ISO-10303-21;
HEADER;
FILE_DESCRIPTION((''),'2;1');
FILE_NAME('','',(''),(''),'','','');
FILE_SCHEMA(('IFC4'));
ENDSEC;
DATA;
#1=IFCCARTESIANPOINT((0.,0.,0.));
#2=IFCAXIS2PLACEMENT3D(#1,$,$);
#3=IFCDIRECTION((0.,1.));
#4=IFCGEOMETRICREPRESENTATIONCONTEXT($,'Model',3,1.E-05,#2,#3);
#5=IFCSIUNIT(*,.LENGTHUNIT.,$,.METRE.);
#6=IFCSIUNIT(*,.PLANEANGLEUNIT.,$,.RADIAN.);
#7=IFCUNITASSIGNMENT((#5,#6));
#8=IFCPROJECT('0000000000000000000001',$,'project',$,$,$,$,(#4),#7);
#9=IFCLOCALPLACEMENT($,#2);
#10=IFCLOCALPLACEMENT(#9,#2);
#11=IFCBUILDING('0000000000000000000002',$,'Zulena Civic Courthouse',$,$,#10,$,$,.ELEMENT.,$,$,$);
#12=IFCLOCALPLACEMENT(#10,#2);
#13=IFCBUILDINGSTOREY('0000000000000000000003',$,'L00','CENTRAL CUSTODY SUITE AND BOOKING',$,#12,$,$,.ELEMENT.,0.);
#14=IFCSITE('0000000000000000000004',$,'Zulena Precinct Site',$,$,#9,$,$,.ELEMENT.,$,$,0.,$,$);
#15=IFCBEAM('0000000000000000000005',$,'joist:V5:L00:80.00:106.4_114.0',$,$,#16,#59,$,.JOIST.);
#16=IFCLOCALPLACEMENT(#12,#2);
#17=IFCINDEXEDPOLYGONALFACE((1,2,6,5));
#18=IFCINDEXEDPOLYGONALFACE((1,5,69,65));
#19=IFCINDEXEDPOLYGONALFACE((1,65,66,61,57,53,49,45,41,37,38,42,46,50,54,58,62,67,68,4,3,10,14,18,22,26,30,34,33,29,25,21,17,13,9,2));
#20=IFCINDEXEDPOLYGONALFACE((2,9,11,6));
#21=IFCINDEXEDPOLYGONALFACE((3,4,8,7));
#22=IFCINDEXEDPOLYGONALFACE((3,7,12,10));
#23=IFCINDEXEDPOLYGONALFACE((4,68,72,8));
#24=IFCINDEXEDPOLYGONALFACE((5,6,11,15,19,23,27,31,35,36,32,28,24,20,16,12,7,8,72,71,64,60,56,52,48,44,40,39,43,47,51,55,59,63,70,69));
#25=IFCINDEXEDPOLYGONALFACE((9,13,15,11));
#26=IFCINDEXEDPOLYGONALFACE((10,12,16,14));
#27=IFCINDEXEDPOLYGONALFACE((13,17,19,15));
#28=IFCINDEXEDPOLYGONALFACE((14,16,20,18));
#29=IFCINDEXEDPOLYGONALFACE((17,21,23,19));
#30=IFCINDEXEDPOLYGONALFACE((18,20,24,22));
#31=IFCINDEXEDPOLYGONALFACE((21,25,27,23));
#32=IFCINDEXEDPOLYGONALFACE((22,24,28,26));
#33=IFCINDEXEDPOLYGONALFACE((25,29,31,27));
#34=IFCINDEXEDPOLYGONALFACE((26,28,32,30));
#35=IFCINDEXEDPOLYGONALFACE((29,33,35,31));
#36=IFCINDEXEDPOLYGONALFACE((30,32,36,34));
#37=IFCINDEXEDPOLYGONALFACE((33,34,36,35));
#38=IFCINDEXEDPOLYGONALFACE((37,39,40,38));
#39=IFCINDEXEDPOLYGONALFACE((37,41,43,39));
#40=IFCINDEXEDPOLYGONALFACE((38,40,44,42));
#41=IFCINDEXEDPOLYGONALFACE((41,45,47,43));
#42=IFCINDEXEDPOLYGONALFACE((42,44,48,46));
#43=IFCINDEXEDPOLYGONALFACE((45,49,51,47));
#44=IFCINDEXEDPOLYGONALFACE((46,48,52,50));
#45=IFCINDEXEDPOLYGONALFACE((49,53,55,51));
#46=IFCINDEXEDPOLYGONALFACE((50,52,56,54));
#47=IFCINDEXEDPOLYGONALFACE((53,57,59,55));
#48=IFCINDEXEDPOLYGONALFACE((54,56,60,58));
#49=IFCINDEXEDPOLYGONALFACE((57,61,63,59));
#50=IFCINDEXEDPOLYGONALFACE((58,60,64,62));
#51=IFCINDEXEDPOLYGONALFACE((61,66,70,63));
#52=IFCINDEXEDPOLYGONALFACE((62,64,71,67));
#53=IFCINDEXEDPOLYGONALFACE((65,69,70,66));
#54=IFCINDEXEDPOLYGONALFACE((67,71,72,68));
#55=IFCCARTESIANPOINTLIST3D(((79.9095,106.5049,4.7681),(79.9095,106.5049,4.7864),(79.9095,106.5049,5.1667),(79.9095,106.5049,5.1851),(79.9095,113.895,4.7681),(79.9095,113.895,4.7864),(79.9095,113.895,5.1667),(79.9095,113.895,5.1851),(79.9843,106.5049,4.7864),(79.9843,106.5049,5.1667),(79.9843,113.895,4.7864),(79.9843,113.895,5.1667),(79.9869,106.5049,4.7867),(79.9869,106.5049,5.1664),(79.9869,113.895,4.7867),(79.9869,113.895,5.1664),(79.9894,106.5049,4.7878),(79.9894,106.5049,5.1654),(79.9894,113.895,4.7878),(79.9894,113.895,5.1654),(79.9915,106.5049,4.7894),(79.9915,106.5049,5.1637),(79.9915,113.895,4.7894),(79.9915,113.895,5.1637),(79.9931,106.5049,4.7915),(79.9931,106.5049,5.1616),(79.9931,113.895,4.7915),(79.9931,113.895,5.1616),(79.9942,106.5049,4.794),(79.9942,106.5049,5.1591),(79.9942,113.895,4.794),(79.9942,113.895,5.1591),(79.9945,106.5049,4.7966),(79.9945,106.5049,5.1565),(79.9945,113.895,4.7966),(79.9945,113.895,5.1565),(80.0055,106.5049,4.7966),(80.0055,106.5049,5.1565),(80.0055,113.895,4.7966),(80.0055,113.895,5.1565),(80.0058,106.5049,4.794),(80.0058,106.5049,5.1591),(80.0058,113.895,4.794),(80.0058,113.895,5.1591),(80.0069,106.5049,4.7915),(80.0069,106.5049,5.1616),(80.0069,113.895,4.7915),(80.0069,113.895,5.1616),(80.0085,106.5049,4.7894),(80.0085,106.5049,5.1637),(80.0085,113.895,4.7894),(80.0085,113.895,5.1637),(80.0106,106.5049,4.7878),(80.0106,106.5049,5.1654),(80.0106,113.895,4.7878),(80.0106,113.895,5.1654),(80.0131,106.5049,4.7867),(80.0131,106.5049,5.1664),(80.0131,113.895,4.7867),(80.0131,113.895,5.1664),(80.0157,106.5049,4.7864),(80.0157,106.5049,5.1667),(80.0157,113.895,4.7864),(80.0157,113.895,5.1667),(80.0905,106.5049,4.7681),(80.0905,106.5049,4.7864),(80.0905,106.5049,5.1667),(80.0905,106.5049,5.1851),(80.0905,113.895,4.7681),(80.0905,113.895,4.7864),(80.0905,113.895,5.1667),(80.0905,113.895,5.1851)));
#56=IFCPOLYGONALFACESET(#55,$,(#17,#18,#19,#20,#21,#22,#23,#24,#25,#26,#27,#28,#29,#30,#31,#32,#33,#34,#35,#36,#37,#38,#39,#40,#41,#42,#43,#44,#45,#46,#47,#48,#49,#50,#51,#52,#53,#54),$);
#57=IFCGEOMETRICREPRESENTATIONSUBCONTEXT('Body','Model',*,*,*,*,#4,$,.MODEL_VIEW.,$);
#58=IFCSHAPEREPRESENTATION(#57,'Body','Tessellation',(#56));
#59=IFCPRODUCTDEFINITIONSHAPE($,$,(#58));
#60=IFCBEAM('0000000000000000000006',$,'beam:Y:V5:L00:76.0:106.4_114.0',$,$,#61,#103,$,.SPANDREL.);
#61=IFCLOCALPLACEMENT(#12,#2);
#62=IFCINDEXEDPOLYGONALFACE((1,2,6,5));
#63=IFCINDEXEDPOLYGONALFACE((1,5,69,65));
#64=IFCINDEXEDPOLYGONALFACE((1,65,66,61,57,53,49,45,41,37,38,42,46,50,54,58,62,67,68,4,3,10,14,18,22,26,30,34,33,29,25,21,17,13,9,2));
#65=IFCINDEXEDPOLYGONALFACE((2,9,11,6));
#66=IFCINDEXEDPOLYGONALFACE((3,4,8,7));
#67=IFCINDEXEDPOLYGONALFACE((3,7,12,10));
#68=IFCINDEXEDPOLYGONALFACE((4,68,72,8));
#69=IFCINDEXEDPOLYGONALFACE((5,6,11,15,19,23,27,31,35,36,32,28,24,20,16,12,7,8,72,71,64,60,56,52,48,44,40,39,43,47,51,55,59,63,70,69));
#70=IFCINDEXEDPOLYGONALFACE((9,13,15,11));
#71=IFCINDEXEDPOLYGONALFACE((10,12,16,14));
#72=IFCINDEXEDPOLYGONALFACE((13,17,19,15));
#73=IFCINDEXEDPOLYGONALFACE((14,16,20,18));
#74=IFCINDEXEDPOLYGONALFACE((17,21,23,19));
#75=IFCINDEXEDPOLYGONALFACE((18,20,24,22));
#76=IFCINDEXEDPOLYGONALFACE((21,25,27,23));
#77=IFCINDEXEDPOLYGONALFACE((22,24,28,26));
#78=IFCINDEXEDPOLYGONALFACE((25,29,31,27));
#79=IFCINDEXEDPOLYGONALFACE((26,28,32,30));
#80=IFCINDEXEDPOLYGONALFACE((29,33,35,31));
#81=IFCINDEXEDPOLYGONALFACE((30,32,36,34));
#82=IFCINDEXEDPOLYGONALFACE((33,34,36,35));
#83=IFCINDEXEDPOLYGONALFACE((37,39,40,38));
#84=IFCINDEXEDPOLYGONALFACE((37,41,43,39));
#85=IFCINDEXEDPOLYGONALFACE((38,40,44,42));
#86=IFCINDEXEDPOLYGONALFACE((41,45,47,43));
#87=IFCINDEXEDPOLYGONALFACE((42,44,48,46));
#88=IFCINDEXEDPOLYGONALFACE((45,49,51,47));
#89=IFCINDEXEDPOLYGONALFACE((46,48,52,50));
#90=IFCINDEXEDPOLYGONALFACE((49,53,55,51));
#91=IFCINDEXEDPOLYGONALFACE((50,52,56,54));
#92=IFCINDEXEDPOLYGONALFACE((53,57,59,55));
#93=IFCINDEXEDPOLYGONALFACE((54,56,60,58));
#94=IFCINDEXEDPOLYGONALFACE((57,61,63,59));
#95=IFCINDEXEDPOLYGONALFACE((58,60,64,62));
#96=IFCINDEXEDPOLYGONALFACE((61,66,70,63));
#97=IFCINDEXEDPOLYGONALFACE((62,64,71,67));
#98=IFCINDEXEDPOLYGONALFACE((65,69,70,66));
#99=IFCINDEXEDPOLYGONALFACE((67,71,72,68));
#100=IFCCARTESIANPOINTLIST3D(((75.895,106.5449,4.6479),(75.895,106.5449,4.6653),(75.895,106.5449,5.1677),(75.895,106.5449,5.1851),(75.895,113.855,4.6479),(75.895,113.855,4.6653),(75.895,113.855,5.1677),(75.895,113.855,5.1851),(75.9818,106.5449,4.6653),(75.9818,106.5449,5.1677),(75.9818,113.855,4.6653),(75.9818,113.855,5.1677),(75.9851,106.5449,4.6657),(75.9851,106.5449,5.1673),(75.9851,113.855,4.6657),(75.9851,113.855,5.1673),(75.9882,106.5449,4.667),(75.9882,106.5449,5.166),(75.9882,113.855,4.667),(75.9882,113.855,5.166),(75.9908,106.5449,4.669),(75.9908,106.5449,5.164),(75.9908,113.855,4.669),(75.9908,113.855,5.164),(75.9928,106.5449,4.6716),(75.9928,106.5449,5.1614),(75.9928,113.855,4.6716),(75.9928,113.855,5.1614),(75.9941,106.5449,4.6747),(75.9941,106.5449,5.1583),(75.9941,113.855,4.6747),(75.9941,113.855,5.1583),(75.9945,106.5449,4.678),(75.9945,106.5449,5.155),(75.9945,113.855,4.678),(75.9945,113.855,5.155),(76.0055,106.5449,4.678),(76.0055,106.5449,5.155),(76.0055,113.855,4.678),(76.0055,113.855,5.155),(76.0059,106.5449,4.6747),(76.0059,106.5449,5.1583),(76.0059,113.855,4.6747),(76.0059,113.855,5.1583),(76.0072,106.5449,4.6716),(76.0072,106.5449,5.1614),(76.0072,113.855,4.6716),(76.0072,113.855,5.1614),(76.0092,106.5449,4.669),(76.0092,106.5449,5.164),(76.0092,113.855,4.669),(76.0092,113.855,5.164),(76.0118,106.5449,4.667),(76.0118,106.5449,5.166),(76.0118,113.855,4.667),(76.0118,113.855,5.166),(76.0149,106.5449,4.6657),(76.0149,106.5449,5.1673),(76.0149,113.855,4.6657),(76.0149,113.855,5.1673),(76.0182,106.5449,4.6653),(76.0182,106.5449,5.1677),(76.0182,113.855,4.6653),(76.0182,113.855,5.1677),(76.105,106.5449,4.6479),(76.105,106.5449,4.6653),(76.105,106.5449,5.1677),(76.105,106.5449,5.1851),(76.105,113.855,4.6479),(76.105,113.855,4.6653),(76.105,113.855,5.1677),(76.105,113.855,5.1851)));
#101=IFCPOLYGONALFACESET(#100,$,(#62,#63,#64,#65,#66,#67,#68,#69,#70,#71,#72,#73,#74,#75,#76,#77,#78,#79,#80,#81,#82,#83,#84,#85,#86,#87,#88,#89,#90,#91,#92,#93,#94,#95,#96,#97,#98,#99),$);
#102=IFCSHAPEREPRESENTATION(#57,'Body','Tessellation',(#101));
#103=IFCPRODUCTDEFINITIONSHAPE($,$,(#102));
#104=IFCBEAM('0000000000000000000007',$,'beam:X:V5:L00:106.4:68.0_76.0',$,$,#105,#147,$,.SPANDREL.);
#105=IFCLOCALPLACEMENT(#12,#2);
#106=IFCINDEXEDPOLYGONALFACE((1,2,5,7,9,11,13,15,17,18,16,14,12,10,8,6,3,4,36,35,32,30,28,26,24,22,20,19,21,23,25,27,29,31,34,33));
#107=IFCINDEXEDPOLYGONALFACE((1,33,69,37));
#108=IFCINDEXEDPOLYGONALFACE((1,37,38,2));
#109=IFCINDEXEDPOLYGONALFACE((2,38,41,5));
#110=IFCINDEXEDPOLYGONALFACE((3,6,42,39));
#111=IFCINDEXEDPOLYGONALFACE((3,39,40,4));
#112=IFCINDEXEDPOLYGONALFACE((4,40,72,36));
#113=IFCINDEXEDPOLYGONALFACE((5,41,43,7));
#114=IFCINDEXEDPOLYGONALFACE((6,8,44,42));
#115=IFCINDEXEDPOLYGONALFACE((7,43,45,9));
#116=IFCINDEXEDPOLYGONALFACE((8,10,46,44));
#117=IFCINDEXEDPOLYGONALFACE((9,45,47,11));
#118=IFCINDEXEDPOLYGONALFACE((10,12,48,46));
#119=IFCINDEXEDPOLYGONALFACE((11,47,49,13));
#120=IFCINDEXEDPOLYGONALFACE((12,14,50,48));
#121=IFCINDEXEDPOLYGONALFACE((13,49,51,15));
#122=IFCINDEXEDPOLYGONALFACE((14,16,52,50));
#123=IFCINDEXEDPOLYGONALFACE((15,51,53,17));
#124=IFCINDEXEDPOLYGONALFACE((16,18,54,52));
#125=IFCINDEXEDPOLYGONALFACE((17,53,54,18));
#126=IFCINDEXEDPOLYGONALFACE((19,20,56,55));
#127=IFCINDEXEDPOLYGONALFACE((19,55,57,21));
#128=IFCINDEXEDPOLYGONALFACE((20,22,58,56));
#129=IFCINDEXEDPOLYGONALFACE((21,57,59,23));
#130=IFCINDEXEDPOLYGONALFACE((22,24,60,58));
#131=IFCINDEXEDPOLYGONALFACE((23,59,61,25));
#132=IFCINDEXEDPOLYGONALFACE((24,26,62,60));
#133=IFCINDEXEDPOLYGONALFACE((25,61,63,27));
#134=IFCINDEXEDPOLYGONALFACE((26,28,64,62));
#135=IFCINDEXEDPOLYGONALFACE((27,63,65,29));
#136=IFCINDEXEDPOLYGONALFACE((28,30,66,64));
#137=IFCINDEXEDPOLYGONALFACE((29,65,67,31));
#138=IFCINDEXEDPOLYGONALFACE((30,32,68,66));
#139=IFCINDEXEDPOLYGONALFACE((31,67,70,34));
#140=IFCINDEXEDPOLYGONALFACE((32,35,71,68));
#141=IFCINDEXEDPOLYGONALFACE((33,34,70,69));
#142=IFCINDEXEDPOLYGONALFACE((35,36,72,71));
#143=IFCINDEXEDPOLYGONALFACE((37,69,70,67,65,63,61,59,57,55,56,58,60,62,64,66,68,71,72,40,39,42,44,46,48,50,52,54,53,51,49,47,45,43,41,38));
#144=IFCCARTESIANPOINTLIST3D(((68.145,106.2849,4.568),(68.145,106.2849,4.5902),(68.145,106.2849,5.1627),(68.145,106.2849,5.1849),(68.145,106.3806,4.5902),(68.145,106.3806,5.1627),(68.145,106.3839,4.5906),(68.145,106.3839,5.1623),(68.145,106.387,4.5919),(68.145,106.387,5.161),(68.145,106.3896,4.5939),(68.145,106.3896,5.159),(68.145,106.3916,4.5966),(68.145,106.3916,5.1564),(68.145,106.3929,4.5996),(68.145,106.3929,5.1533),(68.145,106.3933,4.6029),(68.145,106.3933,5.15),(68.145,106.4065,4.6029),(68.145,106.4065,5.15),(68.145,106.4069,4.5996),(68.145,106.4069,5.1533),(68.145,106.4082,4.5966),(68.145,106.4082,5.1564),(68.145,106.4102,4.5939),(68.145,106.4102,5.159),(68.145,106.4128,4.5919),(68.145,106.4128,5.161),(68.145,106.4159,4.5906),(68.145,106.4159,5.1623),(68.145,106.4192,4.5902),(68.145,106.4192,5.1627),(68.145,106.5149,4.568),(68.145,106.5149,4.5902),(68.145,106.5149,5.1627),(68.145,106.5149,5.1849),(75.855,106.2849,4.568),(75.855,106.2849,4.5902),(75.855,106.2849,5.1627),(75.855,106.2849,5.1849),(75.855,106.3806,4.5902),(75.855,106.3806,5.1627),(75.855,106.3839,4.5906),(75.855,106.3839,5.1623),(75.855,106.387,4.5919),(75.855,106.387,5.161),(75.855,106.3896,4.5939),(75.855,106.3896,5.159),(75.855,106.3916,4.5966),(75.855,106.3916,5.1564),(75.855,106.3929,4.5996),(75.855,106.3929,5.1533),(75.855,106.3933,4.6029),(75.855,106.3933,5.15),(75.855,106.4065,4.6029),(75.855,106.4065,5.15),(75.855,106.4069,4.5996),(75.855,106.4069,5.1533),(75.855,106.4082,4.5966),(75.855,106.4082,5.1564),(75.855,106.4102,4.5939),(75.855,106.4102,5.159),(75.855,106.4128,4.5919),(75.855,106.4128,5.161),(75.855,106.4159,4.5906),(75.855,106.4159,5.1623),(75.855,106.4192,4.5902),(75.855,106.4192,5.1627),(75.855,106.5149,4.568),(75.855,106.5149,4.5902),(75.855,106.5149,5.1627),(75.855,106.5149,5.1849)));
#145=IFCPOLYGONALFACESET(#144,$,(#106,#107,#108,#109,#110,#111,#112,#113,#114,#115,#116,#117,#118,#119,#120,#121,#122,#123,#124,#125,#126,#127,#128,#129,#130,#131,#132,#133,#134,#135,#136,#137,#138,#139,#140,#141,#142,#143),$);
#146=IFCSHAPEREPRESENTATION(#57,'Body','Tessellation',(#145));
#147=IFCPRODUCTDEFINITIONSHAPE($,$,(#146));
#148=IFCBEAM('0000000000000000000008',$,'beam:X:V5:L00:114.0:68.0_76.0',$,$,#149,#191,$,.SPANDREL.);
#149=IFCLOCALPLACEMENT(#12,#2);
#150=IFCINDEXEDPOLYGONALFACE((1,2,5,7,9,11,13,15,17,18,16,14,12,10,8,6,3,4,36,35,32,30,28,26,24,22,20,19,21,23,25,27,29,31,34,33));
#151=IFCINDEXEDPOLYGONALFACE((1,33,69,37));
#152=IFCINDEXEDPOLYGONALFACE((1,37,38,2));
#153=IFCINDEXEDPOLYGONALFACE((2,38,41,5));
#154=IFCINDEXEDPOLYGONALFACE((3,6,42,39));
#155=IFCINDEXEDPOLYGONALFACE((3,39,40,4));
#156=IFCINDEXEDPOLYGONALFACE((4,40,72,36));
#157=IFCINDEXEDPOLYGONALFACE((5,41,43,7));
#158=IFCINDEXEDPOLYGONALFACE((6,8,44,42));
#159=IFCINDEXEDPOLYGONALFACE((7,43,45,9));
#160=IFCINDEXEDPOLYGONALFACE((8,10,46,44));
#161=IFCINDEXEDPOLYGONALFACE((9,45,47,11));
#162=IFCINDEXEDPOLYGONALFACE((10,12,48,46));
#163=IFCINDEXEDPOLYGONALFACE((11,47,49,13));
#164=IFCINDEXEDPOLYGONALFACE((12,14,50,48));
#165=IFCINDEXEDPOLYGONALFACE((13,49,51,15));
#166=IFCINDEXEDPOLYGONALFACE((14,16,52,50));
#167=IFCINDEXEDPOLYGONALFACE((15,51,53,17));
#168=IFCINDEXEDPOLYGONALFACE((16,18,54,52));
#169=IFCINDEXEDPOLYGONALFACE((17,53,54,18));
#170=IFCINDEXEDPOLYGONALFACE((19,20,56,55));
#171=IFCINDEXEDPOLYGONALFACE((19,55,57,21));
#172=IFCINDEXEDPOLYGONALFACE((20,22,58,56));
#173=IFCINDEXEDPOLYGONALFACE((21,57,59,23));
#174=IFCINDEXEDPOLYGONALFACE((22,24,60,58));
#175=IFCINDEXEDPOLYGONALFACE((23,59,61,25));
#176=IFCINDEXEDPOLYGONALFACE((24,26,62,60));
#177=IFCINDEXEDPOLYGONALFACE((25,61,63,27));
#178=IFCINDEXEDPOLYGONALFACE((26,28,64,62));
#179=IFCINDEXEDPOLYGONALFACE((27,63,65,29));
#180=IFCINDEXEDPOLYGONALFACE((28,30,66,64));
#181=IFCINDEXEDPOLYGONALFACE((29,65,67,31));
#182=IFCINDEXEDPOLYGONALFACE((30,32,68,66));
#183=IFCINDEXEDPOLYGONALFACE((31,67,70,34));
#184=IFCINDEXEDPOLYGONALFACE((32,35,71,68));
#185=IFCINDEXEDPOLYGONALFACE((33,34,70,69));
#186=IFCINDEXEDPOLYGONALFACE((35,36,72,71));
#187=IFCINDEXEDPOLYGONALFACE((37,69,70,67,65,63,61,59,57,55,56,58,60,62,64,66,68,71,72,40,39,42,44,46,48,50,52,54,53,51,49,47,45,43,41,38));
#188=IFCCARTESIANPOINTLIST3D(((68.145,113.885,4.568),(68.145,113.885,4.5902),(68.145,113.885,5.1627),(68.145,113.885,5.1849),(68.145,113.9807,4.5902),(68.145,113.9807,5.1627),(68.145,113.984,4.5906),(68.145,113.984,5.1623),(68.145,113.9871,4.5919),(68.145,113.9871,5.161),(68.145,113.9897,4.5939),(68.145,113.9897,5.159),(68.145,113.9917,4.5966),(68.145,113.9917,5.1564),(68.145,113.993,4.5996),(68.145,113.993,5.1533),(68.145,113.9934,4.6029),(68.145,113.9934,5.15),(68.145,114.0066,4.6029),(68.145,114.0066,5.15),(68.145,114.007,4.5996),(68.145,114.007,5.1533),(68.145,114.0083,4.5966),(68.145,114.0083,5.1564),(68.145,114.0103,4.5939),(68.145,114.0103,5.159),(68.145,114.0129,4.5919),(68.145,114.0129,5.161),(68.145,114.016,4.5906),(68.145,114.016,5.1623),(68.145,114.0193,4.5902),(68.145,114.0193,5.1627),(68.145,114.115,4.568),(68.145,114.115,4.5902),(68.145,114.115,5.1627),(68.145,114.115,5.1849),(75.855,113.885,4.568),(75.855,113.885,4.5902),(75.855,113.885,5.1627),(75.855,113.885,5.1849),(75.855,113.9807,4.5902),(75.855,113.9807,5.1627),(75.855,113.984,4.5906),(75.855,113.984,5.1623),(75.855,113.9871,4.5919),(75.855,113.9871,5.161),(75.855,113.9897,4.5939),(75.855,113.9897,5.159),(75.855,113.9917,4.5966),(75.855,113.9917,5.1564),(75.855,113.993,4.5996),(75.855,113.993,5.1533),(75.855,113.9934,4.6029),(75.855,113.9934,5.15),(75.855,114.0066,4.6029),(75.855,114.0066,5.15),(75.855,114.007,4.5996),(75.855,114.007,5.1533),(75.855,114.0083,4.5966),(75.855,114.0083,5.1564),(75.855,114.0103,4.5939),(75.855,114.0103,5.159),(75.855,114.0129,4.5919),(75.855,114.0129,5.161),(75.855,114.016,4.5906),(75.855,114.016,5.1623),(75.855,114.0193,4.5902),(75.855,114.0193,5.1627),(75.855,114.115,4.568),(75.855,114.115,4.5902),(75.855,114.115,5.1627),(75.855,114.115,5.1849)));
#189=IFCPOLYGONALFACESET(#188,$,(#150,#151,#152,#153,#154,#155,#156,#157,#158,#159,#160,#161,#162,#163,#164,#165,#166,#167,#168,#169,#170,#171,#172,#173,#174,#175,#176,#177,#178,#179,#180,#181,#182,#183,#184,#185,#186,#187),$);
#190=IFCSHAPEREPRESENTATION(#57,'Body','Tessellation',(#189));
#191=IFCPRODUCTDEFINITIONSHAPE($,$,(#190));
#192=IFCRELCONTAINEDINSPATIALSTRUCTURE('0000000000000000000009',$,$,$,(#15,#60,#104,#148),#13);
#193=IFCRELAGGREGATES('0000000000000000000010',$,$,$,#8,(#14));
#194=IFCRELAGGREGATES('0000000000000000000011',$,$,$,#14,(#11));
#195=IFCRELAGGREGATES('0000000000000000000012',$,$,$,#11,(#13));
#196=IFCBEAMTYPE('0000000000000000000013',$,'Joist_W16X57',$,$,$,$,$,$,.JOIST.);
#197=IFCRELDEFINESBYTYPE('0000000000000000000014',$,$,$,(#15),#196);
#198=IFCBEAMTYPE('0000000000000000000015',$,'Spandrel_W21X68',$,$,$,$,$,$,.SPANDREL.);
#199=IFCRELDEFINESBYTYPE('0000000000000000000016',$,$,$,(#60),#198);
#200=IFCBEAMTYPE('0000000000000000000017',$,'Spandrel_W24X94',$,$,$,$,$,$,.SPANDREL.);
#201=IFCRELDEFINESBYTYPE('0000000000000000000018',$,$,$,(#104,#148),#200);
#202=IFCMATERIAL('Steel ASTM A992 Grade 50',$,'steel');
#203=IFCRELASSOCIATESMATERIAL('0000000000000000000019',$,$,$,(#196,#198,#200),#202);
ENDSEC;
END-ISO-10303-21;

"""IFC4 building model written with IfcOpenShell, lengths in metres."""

from ifc_helpers import new_model, si_unit, direction, frame, origin, origin_2d, place, context, subcontext, project, spatial, i_section, extrude, material, material_profile, profile_set, type_object, element, save


model = new_model("IFC4")

# Units and contexts
model_context = context("Model", 3, precision=1e-05, world=origin(), true_north=direction((0.0, 1.0)))
body_context = subcontext(model_context, "Body", "Model", "MODEL_VIEW")
ifc_project = project(units=[si_unit("LENGTHUNIT", "METRE"), si_unit("PLANEANGLEUNIT", "RADIAN")], contexts=[model_context])

# Site, building, storey
site_placement = place(None, origin())
site = spatial("IfcSite", under=ifc_project, at=site_placement, Name="Zulena Precinct Site", CompositionType="ELEMENT", RefElevation=0.0)
building_placement = place(site_placement, origin())
building = spatial("IfcBuilding", under=site, at=building_placement, Name="Zulena Civic Courthouse", CompositionType="ELEMENT")
storey_placement = place(building_placement, origin())
storey = spatial("IfcBuildingStorey", under=building, at=storey_placement, Name="L00", Description="CENTRAL CUSTODY SUITE AND BOOKING", CompositionType="ELEMENT", Elevation=0.0)

# Shared definitions
ifc_material_1 = material(Name="Steel ASTM A992 Grade 50", Category="steel")

# Beams
ifc_material_profile_1 = material_profile(ifc_material_1, i_section(OverallWidth=0.1809, OverallDepth=0.417, WebThickness=0.011, FlangeThickness=0.0183, FilletRadius=0.0103, at=origin_2d()), Name="W16X57")
ifc_profile_set_1 = profile_set([ifc_material_profile_1], Name="Steel ASTM A992 Grade 50")
beam_type_1 = type_object("IfcBeamType", Name="Joist_W16X57", PredefinedType="JOIST", material=ifc_profile_set_1)
beam_1_placement = place(storey_placement, frame((80.0, 106.5049, 4.9766), z_axis=(0.0, 1.0, 0.0), x_axis=(-1.0, 0.0, 0.0)))
element("IfcBeam", 1, at=beam_1_placement, inside=storey, type_object=beam_type_1, Name="joist:V5:L00:80.00:106.4_114.0", PredefinedType="JOIST", context=body_context, shape_type="SweptSolid", body=[
    extrude(i_section(OverallWidth=0.1809, OverallDepth=0.417, WebThickness=0.011, FlangeThickness=0.0183, FilletRadius=0.0103, at=origin_2d()), origin(), (0.0, 0.0, 1.0), 7.3901),
])
ifc_material_profile_2 = material_profile(ifc_material_1, i_section(OverallWidth=0.21, OverallDepth=0.5371, WebThickness=0.011, FlangeThickness=0.0173, FilletRadius=0.0127, at=origin_2d()), Name="W21X68")
ifc_profile_set_2 = profile_set([ifc_material_profile_2], Name="Steel ASTM A992 Grade 50")
beam_type_2 = type_object("IfcBeamType", Name="Spandrel_W21X68", PredefinedType="SPANDREL", material=ifc_profile_set_2)
beam_2_placement = place(storey_placement, frame((76.0, 106.5449, 4.9165), z_axis=(0.0, 1.0, 0.0), x_axis=(-1.0, 0.0, 0.0)))
element("IfcBeam", 2, at=beam_2_placement, inside=storey, type_object=beam_type_2, Name="beam:Y:V5:L00:76.0:106.4_114.0", PredefinedType="SPANDREL", context=body_context, shape_type="SweptSolid", body=[
    extrude(i_section(OverallWidth=0.21, OverallDepth=0.5371, WebThickness=0.011, FlangeThickness=0.0173, FilletRadius=0.0127, at=origin_2d()), origin(), (0.0, 0.0, 1.0), 7.3101),
])
ifc_material_profile_3 = material_profile(ifc_material_1, i_section(OverallWidth=0.23, OverallDepth=0.6169, WebThickness=0.0132, FlangeThickness=0.0222, FilletRadius=0.0127, at=origin_2d()), Name="W24X94")
ifc_profile_set_3 = profile_set([ifc_material_profile_3], Name="Steel ASTM A992 Grade 50")
beam_type_3 = type_object("IfcBeamType", Name="Spandrel_W24X94", PredefinedType="SPANDREL", material=ifc_profile_set_3)
for number, where, z_axis, x_axis, name in (
    (3, (68.145, 106.3999, 4.8765), (1.0, 0.0, 0.0), (0.0, 1.0, 0.0), "beam:X:V5:L00:106.4:68.0_76.0"),
    (4, (68.145, 114.0, 4.8765), (1.0, 0.0, 0.0), (0.0, 1.0, 0.0), "beam:X:V5:L00:114.0:68.0_76.0"),
):
    element("IfcBeam", number, at=place(storey_placement, frame(where, z_axis=z_axis, x_axis=x_axis)), inside=storey, type_object=beam_type_3, Name=name, PredefinedType="SPANDREL", context=body_context, shape_type="SweptSolid", body=[
        extrude(i_section(OverallWidth=0.23, OverallDepth=0.6169, WebThickness=0.0132, FlangeThickness=0.0222, FilletRadius=0.0127, at=origin_2d()), origin(), (0.0, 0.0, 1.0), 7.71),
    ])

save(model, "model.ifc")
